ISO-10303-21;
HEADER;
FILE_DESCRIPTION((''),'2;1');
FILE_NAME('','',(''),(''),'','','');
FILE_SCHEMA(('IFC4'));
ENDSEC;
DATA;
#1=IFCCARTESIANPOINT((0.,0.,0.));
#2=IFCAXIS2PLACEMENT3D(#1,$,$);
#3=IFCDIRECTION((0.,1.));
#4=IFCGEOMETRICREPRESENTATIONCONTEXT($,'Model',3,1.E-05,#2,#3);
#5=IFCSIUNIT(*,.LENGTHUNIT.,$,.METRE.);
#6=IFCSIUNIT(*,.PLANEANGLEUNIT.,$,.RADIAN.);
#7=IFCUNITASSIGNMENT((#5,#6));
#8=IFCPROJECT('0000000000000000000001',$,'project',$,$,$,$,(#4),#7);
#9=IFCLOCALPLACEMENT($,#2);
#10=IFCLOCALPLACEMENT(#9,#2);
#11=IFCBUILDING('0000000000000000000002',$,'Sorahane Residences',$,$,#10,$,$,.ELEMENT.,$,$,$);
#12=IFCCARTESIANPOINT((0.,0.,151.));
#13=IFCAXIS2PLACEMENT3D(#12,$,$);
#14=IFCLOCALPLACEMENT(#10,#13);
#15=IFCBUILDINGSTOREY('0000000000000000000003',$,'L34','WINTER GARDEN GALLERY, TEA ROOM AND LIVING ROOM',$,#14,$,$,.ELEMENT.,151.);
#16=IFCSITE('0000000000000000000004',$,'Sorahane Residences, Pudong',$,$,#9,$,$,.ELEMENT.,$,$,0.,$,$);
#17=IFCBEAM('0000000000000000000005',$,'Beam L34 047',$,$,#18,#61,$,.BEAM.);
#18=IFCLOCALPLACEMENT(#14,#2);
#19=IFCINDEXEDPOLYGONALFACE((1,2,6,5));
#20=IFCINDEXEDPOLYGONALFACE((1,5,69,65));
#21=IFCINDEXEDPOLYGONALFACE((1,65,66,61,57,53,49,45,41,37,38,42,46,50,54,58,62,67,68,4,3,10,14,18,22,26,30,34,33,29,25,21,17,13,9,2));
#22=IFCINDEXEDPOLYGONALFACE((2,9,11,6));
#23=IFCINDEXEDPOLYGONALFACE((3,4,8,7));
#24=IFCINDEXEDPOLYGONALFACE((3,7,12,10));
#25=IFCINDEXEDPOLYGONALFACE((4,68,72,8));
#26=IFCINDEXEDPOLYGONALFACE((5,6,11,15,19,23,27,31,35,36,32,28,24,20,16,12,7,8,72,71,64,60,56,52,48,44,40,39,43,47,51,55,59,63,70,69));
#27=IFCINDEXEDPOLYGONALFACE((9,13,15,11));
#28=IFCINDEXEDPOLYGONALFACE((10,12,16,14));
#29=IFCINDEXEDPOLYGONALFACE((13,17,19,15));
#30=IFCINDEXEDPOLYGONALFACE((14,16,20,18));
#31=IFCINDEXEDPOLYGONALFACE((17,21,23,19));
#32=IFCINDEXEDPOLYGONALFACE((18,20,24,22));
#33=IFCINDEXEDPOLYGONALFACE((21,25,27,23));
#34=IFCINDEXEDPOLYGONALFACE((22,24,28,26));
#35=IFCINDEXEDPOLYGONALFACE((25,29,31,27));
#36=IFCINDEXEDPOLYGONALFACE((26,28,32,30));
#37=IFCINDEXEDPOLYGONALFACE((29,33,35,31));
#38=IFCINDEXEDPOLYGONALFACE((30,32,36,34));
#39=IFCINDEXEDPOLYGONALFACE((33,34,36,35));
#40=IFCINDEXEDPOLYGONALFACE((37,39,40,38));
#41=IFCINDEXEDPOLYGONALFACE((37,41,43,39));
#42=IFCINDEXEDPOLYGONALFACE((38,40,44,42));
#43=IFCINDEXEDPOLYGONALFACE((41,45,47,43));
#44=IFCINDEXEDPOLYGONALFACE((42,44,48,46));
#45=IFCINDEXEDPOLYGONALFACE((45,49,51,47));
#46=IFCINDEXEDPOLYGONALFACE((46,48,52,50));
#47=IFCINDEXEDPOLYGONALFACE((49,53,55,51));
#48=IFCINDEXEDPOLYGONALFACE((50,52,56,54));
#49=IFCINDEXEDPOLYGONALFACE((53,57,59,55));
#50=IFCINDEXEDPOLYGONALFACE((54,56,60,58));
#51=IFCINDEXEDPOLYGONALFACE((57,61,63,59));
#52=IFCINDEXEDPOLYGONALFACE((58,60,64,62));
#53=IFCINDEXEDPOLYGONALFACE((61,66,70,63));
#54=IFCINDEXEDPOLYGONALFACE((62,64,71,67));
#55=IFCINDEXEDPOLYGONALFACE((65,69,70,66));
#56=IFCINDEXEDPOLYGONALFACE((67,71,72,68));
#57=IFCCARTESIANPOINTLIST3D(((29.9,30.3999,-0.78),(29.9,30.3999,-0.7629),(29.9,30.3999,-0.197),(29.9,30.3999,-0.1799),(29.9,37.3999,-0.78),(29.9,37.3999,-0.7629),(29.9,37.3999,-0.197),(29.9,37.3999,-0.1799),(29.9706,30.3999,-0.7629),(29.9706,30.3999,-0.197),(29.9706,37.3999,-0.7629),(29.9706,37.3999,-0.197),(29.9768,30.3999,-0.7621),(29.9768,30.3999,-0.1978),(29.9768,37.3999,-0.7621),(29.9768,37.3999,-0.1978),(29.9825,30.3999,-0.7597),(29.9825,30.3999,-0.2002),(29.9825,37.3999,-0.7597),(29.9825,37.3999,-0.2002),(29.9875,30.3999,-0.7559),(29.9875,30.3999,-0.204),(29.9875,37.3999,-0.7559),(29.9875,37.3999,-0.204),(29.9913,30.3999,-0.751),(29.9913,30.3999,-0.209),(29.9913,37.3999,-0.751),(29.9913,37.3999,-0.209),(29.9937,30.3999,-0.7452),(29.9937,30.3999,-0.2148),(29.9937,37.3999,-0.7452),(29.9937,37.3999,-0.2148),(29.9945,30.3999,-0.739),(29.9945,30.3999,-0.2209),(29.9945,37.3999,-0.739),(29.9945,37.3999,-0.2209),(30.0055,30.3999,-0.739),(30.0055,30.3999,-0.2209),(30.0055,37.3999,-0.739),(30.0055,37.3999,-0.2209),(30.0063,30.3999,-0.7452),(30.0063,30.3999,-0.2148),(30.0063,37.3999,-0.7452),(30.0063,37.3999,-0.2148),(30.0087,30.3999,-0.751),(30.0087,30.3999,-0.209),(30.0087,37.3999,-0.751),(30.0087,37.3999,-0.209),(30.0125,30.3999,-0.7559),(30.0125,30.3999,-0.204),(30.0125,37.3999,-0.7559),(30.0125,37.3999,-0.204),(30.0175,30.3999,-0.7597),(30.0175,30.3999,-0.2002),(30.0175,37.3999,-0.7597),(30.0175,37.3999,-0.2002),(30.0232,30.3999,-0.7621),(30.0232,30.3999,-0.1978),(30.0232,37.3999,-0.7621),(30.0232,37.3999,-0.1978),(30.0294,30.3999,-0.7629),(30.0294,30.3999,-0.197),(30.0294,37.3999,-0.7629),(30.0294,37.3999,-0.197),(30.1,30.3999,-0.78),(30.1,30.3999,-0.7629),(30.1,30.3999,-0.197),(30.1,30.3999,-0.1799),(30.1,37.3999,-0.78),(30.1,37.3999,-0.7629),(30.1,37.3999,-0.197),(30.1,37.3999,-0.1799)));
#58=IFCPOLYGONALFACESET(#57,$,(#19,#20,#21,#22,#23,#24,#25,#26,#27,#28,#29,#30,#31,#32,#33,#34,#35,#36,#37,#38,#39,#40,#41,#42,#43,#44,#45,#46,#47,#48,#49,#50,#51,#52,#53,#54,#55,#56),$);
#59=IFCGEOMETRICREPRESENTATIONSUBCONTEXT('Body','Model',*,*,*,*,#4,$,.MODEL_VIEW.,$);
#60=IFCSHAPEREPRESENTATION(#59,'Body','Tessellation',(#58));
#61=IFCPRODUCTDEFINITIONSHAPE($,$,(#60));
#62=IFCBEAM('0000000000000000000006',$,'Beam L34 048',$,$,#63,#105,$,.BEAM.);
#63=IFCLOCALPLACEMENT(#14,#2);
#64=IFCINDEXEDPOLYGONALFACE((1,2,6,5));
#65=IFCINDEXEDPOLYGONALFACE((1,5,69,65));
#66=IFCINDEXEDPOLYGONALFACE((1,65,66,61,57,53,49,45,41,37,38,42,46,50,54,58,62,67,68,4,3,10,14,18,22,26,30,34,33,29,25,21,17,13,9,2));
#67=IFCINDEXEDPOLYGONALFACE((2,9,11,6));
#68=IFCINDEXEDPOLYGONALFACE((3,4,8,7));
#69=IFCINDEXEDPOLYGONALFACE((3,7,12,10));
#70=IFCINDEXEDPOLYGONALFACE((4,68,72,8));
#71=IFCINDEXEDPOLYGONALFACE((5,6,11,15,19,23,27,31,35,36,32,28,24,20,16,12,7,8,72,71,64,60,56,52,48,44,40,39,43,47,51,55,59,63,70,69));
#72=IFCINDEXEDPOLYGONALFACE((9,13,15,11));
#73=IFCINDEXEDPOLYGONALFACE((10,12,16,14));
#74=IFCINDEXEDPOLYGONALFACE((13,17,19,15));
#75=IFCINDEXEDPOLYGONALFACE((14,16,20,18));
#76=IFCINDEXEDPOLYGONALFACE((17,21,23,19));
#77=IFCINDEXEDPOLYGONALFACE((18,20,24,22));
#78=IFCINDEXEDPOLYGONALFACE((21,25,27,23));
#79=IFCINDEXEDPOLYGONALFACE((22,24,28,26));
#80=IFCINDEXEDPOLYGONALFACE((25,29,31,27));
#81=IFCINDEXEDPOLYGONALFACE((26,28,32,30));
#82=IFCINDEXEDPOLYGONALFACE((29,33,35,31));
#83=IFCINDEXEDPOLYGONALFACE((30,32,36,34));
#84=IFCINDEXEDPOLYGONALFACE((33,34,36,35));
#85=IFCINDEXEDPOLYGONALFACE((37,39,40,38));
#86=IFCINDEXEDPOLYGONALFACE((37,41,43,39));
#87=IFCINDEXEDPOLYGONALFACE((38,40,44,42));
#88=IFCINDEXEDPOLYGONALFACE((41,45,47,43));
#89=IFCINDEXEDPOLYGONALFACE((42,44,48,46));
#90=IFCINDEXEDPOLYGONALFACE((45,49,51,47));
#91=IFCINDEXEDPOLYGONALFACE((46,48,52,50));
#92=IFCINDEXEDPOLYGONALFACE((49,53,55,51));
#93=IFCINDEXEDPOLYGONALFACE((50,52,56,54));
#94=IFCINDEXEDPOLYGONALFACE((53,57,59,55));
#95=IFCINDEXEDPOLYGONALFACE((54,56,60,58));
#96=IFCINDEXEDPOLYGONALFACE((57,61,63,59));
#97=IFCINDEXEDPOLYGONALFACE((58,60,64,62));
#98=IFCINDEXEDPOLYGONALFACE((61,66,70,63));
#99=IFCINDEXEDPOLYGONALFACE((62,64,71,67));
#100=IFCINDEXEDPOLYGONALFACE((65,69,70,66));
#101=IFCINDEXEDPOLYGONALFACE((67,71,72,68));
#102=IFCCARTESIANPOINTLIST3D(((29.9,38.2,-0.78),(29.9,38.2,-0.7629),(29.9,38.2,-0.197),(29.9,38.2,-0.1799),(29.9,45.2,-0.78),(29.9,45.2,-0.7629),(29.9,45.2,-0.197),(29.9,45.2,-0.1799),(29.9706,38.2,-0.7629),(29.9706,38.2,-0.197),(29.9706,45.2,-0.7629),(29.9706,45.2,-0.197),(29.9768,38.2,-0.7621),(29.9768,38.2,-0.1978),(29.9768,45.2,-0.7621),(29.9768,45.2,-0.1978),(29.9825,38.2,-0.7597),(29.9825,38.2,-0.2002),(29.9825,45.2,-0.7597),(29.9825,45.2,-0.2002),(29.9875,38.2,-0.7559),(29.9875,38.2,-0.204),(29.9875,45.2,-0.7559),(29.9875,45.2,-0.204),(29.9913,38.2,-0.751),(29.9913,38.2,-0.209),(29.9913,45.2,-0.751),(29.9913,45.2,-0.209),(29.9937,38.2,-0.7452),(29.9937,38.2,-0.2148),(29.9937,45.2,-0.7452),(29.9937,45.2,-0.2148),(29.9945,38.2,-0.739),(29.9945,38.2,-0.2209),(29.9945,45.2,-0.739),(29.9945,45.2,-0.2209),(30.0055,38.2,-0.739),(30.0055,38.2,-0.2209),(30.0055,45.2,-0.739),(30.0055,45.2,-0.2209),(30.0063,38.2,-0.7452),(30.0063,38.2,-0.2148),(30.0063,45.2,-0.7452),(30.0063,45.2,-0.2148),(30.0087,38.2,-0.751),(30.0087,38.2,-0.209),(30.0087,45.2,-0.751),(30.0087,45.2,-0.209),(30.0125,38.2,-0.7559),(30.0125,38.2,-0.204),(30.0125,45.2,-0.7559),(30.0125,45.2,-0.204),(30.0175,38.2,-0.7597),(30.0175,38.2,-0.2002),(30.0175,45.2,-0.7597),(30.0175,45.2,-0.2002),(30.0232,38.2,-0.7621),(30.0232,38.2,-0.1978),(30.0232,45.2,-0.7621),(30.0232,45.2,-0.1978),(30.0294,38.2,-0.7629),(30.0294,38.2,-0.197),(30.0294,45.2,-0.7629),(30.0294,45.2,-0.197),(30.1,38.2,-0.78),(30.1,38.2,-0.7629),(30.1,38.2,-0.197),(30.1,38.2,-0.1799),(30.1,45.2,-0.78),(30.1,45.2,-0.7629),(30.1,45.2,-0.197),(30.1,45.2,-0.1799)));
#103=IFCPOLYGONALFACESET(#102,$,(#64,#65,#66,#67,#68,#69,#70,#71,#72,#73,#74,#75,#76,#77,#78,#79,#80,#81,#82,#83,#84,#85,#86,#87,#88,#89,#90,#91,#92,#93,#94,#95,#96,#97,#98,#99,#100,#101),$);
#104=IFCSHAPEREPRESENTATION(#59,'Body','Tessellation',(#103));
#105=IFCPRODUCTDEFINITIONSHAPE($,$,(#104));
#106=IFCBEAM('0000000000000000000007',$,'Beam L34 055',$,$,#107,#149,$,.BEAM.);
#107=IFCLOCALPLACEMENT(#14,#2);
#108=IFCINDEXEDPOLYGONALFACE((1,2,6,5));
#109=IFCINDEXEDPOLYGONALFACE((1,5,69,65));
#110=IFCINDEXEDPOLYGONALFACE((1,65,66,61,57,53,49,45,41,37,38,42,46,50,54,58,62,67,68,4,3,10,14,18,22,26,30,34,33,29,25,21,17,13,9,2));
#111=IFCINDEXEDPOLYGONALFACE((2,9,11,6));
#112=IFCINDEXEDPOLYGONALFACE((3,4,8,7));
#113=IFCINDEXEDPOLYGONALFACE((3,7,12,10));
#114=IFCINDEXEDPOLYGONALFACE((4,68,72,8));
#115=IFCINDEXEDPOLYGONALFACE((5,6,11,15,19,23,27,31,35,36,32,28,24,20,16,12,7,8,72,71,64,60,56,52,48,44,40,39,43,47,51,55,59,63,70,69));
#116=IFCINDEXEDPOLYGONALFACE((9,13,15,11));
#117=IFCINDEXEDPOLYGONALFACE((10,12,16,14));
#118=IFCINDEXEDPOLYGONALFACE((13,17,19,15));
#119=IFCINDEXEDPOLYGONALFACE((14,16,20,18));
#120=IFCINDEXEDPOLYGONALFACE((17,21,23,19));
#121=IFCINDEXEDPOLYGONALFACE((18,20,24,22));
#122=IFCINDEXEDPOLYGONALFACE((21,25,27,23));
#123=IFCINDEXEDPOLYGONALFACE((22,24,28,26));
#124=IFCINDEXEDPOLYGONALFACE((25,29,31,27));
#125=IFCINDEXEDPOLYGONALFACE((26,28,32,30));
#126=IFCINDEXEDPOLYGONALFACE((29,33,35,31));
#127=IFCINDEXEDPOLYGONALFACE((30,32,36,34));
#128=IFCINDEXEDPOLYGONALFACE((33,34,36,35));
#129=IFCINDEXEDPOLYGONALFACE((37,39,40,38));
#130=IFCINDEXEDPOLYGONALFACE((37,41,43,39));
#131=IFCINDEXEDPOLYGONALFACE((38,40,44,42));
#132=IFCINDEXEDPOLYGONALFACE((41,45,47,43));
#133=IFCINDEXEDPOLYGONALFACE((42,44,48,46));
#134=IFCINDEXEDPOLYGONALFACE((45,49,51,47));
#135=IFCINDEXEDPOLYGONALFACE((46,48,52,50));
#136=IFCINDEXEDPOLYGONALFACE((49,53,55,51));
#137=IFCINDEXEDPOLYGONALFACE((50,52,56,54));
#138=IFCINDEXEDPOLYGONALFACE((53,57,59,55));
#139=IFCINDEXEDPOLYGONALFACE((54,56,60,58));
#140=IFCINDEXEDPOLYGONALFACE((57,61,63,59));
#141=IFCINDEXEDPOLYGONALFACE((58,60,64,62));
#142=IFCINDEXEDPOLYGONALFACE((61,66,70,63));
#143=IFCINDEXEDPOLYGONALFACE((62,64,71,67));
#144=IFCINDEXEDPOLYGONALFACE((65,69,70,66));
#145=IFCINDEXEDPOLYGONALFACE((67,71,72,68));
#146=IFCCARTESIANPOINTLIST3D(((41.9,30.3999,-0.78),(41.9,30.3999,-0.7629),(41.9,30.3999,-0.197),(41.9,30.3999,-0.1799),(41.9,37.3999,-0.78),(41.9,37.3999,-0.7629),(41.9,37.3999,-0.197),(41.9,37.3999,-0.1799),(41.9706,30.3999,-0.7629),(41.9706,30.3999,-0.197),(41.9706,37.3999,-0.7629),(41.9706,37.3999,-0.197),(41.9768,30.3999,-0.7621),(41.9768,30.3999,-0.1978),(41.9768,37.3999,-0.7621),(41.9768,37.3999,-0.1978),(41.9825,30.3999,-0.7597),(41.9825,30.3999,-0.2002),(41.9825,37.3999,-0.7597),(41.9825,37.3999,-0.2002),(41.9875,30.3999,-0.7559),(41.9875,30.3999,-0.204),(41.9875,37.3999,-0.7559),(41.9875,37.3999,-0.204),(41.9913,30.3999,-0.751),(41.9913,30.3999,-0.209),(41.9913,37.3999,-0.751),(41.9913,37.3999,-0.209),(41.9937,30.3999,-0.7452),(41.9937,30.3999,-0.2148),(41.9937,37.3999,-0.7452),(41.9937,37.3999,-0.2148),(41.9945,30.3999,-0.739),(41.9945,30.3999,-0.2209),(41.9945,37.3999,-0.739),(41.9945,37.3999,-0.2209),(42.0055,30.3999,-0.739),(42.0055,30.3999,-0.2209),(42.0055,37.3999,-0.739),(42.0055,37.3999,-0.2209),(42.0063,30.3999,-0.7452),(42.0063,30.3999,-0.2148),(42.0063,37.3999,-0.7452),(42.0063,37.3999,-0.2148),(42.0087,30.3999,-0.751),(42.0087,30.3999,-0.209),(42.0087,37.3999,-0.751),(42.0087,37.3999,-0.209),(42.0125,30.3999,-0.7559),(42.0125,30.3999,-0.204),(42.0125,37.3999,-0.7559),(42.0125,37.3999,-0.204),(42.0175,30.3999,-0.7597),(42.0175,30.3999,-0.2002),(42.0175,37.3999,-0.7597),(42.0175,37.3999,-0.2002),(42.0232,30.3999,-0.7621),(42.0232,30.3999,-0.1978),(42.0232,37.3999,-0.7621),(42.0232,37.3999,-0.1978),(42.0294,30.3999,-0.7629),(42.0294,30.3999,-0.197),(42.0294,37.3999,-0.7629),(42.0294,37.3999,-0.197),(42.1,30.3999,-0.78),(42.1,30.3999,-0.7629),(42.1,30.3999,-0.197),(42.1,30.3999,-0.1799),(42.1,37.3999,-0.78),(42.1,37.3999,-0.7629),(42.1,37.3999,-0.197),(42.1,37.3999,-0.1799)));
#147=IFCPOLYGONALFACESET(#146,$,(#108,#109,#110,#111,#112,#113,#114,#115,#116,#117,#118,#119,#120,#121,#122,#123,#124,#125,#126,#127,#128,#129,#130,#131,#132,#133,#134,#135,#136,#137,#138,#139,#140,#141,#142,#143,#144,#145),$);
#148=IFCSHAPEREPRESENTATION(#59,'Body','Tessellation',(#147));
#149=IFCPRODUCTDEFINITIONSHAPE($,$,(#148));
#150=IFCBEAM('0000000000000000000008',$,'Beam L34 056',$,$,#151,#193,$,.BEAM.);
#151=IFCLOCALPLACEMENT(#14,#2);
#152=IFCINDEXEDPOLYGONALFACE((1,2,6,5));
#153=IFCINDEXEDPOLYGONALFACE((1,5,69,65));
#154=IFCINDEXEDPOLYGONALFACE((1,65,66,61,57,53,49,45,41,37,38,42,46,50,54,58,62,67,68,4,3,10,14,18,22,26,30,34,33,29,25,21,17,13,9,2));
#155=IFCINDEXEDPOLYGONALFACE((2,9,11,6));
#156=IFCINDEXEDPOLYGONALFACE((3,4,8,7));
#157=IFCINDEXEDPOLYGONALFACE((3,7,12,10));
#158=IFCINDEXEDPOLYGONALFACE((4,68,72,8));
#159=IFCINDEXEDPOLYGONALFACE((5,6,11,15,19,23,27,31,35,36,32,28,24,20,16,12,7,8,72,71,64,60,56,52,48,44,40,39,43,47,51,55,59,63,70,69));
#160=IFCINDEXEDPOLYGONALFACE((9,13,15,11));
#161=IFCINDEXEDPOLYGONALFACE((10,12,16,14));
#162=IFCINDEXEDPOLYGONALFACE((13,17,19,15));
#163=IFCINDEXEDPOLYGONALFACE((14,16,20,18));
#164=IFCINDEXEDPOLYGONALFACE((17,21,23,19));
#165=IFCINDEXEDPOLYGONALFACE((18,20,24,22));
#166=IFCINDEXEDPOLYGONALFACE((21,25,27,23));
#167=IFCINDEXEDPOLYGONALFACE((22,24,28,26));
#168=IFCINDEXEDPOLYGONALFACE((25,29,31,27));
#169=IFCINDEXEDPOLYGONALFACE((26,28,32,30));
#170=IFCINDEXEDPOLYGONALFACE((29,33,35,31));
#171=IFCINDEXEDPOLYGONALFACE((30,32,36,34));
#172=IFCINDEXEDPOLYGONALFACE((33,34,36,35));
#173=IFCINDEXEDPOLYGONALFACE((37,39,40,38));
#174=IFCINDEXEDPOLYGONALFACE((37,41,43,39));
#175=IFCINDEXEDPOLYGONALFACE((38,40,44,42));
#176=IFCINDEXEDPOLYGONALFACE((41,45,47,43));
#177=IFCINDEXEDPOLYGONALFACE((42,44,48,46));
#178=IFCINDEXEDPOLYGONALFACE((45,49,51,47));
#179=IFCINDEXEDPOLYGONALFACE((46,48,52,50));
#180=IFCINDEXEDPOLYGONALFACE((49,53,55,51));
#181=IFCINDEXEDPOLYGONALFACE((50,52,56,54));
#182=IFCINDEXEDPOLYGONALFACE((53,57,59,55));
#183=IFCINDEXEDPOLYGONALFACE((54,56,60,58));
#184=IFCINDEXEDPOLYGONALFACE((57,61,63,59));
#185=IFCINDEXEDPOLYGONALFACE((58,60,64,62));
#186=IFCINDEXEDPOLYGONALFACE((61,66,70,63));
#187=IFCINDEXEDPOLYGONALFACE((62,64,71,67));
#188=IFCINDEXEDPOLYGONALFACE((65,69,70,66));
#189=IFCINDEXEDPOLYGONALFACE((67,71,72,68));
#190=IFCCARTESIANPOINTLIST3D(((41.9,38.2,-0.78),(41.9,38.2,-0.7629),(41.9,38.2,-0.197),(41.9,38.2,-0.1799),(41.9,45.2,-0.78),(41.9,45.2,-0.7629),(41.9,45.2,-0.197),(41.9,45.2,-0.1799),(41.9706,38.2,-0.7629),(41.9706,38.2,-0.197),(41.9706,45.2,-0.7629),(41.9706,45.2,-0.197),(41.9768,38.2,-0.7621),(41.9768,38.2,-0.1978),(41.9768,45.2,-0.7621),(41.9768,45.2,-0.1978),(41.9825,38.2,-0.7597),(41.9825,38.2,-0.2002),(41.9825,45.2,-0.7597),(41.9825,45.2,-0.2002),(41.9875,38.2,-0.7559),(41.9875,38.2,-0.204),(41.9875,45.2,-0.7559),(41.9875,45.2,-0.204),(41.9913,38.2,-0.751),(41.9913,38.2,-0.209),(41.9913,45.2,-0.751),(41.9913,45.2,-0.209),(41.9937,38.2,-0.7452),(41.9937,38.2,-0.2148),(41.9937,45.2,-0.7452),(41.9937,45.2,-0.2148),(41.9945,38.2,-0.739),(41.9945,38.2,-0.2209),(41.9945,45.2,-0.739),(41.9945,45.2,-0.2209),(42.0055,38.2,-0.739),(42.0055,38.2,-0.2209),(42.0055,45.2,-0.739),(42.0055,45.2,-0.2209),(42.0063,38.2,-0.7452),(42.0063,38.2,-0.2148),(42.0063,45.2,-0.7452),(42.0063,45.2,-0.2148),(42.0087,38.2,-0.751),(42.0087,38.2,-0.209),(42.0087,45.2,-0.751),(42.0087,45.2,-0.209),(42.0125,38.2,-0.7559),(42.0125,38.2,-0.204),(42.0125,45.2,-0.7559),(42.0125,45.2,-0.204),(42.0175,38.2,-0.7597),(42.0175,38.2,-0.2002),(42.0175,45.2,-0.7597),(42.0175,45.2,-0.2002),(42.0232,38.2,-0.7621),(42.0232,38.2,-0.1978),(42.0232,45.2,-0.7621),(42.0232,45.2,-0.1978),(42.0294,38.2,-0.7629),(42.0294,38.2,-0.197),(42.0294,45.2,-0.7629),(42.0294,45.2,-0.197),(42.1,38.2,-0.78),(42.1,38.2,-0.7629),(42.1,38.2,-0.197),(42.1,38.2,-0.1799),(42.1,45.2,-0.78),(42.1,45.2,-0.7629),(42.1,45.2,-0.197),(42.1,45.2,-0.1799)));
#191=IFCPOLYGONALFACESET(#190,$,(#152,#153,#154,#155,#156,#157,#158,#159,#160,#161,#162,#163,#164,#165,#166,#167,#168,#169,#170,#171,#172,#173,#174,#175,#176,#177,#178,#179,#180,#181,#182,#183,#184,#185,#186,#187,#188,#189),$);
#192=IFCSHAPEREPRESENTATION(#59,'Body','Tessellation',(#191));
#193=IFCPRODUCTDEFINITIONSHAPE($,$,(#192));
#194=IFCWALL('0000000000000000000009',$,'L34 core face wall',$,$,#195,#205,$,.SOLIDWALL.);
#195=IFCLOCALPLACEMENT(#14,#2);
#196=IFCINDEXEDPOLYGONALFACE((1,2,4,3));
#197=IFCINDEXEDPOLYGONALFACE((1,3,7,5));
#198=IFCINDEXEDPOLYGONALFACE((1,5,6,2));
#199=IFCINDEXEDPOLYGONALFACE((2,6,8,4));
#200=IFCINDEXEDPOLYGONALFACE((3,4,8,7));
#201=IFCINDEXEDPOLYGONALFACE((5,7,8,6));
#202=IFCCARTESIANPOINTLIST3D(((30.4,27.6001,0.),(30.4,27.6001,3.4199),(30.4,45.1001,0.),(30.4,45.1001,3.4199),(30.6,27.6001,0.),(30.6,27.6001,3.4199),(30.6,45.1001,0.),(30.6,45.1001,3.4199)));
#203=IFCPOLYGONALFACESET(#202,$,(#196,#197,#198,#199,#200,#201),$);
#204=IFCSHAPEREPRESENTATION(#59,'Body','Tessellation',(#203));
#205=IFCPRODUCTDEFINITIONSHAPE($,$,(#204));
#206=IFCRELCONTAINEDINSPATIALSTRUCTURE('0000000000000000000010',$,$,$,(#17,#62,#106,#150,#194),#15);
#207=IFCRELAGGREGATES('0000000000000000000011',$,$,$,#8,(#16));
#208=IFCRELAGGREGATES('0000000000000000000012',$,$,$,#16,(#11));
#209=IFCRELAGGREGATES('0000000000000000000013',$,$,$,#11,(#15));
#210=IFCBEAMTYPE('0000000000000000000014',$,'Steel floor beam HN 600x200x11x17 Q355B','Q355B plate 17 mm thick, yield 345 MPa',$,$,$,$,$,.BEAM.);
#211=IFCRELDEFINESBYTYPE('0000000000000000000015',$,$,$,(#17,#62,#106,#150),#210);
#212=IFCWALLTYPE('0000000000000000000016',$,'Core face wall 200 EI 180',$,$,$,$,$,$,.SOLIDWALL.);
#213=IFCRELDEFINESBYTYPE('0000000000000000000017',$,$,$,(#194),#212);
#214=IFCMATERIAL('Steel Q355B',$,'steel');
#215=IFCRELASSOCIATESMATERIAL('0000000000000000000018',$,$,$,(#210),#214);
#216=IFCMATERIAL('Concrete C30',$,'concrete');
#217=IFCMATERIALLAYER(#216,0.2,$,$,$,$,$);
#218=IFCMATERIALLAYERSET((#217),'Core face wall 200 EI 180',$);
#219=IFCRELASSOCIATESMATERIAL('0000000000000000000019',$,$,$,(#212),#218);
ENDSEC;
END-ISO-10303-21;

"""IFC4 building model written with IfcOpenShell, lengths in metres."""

from ifc_helpers import new_model, si_unit, direction, frame, frame_2d, origin, origin_2d, place, context, subcontext, project, spatial, rectangle, i_section, extrude, material, layer, layer_set, material_profile, profile_set, type_object, element, save


model = new_model("IFC4")

# Units and contexts
model_context = context("Model", 3, precision=1e-05, world=origin(), true_north=direction((0.0, 1.0)))
body_context = subcontext(model_context, "Body", "Model", "MODEL_VIEW")
ifc_project = project(units=[si_unit("LENGTHUNIT", "METRE"), si_unit("PLANEANGLEUNIT", "RADIAN")], contexts=[model_context])

# Site, building, storey
site_placement = place(None, origin())
site = spatial("IfcSite", under=ifc_project, at=site_placement, Name="Sorahane Residences, Pudong", CompositionType="ELEMENT", RefElevation=0.0)
building_placement = place(site_placement, origin())
building = spatial("IfcBuilding", under=site, at=building_placement, Name="Sorahane Residences", CompositionType="ELEMENT")
storey_placement = place(building_placement, frame((0.0, 0.0, 151.0)))
storey = spatial("IfcBuildingStorey", under=building, at=storey_placement, Name="L34", Description="WINTER GARDEN GALLERY, TEA ROOM AND LIVING ROOM", CompositionType="ELEMENT", Elevation=151.0)

# Beams
ifc_material_1 = material(Name="Steel Q355B", Category="steel")
ifc_material_profile_1 = material_profile(ifc_material_1, i_section(OverallWidth=0.2, OverallDepth=0.6001, WebThickness=0.011, FlangeThickness=0.0171, FilletRadius=0.0239, at=origin_2d()), Name="HN 600x200x11x17")
ifc_profile_set_1 = profile_set([ifc_material_profile_1], Name="Steel Q355B")
beam_type_1 = type_object("IfcBeamType", Name="Steel floor beam HN 600x200x11x17 Q355B", Description="Q355B plate 17 mm thick, yield 345 MPa", PredefinedType="BEAM", material=ifc_profile_set_1)
for number, where, z_axis, x_axis, name in (
    (1, (30.0, 30.3999, -0.48), (0.0, 1.0, 0.0), (-1.0, 0.0, 0.0), "Beam L34 047"),
    (2, (30.0, 38.2, -0.48), (0.0, 1.0, 0.0), (-1.0, 0.0, 0.0), "Beam L34 048"),
    (3, (42.0, 30.3999, -0.48), (0.0, 1.0, 0.0), (-1.0, 0.0, 0.0), "Beam L34 055"),
    (4, (42.0, 38.2, -0.48), (0.0, 1.0, 0.0), (-1.0, 0.0, 0.0), "Beam L34 056"),
):
    element("IfcBeam", number, at=place(storey_placement, frame(where, z_axis=z_axis, x_axis=x_axis)), inside=storey, type_object=beam_type_1, Name=name, PredefinedType="BEAM", context=body_context, shape_type="SweptSolid", body=[
        extrude(i_section(OverallWidth=0.2, OverallDepth=0.6001, WebThickness=0.011, FlangeThickness=0.0171, FilletRadius=0.0239, at=origin_2d()), origin(), (0.0, 0.0, 1.0), 7.0),
    ])

# Wall
ifc_material_2 = material(Name="Concrete C30", Category="concrete")
ifc_layer_1 = layer(ifc_material_2, 0.2)
ifc_layer_set_1 = layer_set([ifc_layer_1], Name="Core face wall 200 EI 180")
wall_type_1 = type_object("IfcWallType", Name="Core face wall 200 EI 180", PredefinedType="SOLIDWALL", material=ifc_layer_set_1)
wall_1_placement = place(storey_placement, frame((30.5, 27.6001, 0.0), z_axis=(0.0, 0.0, 1.0), x_axis=(0.0, 1.0, 0.0)))
element("IfcWall", 5, at=wall_1_placement, inside=storey, type_object=wall_type_1, Name="L34 core face wall", PredefinedType="SOLIDWALL", context=body_context, shape_type="SweptSolid", body=[
    extrude(rectangle(XDim=17.5, YDim=0.2, at=frame_2d((8.75, 0.0))), origin(), (0.0, 0.0, 1.0), 3.4199),
])

save(model, "model.ifc")
